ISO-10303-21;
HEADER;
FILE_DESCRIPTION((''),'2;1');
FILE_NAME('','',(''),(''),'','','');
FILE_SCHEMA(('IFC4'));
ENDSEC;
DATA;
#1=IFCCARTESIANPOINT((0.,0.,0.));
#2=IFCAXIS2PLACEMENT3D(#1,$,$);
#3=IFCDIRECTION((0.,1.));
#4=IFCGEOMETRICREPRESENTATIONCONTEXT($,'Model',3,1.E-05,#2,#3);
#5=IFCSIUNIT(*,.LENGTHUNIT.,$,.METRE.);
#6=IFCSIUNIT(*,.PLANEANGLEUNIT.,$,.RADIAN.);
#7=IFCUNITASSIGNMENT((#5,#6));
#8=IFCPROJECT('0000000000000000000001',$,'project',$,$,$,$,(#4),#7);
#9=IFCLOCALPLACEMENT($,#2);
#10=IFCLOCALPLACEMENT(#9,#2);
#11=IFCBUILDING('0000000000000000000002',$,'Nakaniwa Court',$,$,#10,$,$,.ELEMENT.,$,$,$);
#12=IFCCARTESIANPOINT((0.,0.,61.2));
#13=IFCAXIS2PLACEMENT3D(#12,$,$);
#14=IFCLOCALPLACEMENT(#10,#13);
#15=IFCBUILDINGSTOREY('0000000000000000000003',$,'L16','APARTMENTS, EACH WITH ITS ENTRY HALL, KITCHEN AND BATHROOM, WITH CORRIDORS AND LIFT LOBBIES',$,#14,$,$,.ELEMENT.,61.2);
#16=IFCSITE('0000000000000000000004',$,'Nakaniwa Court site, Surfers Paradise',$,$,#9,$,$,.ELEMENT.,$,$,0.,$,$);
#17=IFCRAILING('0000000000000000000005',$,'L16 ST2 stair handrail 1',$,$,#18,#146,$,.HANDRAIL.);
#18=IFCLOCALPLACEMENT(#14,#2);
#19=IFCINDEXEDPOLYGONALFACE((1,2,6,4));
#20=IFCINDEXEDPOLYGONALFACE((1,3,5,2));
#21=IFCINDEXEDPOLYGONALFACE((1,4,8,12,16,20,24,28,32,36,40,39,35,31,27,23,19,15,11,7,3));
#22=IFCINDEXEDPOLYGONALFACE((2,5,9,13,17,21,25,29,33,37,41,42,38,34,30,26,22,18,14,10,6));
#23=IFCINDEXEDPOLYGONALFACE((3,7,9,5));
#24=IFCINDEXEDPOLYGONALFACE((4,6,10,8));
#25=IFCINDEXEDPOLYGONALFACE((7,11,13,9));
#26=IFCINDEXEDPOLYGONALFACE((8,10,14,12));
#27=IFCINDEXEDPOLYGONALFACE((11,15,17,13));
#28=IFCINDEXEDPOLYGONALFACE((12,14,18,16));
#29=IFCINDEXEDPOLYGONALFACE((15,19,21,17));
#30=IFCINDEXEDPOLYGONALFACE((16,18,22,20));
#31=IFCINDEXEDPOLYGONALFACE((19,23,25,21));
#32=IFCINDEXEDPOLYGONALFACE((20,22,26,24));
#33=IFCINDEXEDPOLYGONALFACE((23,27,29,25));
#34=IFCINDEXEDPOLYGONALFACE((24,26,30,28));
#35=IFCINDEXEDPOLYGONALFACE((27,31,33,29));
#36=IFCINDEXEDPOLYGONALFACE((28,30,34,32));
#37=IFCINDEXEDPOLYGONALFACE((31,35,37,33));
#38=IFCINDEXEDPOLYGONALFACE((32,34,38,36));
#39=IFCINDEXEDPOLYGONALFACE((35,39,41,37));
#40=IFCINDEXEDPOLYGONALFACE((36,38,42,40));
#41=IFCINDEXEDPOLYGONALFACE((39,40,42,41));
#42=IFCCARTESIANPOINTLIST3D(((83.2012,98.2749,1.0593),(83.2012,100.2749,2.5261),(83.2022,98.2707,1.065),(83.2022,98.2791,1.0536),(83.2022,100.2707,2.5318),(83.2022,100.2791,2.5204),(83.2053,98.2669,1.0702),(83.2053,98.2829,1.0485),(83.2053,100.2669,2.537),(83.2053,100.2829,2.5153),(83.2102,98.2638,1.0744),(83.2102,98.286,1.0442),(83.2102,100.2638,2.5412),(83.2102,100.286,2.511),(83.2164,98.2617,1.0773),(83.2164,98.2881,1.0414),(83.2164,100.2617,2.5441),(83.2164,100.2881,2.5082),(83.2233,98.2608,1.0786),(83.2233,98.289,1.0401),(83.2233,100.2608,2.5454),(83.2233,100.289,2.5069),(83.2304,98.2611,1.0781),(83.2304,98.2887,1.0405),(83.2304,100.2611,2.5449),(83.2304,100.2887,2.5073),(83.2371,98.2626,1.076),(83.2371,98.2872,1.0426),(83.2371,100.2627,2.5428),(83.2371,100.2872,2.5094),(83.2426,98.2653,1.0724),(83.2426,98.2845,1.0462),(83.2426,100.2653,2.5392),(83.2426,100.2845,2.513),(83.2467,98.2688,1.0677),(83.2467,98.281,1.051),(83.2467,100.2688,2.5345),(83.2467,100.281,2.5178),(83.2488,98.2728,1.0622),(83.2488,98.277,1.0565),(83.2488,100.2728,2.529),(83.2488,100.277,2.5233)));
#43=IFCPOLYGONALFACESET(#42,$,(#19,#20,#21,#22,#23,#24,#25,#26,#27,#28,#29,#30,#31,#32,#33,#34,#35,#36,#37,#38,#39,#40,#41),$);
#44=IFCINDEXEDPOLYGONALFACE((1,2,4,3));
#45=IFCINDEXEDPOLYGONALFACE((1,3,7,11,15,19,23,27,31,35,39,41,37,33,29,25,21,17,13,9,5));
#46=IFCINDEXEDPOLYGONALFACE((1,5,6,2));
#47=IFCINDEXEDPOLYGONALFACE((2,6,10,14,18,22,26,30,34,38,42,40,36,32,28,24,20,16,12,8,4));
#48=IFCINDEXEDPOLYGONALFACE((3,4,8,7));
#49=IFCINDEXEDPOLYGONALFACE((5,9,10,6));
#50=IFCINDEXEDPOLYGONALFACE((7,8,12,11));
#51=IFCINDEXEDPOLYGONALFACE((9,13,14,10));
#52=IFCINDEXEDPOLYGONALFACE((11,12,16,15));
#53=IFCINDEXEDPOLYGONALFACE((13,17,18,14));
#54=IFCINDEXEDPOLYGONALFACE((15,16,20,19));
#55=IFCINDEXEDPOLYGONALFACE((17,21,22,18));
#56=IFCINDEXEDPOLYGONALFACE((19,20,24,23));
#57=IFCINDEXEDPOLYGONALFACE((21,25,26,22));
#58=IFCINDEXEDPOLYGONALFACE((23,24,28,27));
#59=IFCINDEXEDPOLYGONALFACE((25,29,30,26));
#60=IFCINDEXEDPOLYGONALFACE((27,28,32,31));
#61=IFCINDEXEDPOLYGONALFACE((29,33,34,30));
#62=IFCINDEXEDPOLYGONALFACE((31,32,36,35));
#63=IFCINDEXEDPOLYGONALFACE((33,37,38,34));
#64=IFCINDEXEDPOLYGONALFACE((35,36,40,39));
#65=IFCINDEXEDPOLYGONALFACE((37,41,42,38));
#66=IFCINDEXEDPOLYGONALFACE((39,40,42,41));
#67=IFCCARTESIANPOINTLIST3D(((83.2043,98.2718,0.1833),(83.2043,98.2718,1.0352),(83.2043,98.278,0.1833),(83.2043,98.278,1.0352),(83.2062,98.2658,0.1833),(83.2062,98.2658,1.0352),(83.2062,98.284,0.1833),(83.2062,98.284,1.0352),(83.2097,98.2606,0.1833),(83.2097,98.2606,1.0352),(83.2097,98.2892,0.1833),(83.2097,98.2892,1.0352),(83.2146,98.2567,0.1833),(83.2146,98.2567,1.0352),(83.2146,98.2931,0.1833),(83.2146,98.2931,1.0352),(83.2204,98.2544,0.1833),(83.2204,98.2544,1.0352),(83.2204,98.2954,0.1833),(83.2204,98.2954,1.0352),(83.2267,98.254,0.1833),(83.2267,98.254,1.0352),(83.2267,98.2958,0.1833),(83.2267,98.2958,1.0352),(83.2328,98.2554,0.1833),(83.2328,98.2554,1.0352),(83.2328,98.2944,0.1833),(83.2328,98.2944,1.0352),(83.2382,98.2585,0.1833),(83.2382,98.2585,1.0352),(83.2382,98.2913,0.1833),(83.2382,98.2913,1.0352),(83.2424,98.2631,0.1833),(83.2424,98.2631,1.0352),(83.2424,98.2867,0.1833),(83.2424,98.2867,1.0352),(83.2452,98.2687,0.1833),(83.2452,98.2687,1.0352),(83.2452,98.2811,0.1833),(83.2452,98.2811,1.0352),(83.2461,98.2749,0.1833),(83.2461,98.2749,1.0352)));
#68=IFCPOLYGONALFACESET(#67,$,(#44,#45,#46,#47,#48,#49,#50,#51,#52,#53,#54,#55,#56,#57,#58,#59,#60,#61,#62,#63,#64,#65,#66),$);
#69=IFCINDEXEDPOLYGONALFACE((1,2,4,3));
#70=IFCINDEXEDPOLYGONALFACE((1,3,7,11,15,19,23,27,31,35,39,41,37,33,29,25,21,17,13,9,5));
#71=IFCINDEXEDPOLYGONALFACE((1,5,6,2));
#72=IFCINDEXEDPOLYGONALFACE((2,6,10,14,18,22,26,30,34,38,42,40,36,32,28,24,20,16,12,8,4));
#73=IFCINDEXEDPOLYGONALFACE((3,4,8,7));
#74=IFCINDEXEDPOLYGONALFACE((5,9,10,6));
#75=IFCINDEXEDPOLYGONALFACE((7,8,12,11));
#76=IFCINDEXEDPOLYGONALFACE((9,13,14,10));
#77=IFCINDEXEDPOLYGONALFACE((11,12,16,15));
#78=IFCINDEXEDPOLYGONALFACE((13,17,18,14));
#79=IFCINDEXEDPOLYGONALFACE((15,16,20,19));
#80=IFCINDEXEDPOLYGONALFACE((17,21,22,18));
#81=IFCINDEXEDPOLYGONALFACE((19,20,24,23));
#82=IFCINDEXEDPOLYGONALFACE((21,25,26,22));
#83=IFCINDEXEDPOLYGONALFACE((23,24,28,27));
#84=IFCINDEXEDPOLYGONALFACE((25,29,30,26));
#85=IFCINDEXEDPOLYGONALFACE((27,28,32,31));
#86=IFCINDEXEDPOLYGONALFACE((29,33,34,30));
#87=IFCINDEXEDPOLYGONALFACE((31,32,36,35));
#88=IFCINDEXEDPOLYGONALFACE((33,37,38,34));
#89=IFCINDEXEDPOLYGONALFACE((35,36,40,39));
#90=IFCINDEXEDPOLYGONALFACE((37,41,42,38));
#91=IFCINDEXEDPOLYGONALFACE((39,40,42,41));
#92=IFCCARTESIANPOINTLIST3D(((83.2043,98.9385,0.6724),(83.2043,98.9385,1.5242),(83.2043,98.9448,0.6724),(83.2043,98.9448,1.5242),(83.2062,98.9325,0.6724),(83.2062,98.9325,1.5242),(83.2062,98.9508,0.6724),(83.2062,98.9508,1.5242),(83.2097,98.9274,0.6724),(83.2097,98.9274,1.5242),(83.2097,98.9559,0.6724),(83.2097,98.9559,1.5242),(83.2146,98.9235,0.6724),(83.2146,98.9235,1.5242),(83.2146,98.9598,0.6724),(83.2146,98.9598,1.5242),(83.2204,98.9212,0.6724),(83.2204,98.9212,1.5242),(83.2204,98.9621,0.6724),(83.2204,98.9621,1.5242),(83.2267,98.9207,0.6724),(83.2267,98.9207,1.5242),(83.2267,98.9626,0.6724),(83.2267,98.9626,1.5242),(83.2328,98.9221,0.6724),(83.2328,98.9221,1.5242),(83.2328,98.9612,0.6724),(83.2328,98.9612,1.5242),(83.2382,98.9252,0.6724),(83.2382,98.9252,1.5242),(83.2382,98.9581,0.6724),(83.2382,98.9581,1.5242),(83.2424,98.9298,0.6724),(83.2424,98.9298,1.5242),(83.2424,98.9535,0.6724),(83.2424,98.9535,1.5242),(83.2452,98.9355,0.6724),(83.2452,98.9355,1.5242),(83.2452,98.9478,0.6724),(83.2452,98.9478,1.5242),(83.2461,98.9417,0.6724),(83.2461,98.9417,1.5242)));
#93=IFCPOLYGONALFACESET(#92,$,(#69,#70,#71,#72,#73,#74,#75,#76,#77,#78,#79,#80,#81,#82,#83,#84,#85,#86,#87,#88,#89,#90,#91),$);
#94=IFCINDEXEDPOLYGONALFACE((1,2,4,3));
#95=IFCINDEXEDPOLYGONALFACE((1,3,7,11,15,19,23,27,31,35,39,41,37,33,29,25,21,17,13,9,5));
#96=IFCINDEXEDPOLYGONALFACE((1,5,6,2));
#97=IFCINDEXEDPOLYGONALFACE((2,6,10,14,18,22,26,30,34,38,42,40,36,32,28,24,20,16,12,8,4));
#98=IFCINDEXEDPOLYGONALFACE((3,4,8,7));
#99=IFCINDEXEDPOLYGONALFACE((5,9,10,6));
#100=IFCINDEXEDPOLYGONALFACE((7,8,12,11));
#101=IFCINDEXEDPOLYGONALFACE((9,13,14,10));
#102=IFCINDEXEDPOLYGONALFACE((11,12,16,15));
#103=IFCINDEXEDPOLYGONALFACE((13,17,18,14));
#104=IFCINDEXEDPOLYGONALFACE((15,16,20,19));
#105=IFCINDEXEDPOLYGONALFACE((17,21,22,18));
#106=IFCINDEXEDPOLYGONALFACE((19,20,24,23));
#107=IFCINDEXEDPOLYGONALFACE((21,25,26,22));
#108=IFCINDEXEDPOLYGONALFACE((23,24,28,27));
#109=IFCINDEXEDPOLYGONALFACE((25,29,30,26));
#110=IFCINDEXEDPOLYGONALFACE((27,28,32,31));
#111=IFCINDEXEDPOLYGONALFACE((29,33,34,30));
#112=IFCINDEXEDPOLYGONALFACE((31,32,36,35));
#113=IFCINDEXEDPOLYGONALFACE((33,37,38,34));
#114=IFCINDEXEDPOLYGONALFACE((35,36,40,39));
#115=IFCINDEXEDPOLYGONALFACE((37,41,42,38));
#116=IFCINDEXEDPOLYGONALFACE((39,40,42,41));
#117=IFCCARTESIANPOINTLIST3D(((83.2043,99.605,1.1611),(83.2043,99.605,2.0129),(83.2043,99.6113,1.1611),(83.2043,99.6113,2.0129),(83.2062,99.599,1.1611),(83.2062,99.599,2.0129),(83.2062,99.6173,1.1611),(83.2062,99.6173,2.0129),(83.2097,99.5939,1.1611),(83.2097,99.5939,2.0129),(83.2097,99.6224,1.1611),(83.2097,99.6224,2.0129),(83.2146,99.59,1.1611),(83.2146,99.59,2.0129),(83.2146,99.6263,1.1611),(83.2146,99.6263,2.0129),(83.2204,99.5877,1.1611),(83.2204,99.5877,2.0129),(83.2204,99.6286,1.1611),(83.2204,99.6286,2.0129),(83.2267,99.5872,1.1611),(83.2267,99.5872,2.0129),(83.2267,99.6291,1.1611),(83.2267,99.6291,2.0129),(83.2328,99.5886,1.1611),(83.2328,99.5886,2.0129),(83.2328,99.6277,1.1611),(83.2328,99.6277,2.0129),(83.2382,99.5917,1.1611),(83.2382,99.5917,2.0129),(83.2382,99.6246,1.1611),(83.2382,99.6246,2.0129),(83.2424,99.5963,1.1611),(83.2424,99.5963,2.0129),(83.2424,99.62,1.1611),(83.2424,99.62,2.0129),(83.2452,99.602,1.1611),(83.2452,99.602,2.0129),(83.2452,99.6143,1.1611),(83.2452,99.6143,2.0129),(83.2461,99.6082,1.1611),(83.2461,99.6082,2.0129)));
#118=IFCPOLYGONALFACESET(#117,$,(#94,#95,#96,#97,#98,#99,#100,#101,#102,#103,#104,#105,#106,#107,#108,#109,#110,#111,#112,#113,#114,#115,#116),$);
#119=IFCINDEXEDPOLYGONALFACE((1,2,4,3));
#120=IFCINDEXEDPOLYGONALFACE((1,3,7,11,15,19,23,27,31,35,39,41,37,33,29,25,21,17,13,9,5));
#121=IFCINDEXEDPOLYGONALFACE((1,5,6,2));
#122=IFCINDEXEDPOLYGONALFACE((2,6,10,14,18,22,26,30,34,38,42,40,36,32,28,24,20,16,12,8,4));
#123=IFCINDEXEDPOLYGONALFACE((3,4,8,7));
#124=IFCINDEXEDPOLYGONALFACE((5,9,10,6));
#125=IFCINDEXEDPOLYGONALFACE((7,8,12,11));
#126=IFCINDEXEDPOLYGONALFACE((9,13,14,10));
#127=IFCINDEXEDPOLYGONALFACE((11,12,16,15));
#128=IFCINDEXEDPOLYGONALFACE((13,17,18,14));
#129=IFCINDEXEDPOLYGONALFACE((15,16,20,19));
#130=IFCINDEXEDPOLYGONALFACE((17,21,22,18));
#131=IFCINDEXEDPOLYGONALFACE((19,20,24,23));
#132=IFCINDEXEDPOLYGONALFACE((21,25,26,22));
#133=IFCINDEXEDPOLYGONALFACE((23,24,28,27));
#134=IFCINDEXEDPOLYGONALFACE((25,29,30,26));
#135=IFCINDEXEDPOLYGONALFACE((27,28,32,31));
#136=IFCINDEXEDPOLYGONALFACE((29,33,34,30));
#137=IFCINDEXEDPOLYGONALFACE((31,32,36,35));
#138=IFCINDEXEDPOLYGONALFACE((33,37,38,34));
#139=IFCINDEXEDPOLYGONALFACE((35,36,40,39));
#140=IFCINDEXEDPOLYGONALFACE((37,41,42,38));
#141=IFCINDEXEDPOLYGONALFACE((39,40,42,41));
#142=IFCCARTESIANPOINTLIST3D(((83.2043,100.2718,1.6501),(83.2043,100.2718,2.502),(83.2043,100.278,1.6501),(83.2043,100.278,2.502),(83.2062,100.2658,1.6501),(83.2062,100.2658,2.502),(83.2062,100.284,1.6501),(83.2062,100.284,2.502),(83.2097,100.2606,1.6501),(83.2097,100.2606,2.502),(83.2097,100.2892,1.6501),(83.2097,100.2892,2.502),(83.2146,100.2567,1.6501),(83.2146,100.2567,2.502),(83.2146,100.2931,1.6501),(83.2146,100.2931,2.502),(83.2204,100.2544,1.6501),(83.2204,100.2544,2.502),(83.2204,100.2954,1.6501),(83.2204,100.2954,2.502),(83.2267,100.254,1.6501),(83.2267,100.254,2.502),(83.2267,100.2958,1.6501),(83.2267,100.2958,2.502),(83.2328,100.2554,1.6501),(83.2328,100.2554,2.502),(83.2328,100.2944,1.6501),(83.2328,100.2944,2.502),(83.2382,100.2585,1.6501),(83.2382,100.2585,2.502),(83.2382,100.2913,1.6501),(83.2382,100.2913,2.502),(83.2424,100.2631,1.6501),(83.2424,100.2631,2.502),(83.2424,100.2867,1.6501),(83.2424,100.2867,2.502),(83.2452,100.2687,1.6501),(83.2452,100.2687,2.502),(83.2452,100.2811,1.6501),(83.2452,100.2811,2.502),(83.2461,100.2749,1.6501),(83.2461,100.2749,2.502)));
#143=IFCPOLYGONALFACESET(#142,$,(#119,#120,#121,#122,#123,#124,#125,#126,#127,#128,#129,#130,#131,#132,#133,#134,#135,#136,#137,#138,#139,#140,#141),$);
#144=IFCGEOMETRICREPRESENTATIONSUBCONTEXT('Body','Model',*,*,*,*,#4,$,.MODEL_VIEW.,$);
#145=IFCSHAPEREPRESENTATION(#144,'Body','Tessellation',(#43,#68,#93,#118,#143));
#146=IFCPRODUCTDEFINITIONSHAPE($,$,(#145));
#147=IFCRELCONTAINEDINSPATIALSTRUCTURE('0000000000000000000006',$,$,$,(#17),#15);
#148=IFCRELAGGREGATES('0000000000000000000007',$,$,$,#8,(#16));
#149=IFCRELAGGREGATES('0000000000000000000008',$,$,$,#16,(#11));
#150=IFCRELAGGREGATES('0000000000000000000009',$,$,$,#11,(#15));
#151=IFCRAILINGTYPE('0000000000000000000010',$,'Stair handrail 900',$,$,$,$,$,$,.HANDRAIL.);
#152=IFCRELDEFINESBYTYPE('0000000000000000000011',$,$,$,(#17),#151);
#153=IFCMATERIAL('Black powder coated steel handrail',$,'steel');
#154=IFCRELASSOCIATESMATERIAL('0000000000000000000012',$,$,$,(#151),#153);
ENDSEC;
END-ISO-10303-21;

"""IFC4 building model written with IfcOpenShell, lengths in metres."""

from ifc_helpers import new_model, si_unit, direction, frame, origin, origin_2d, place, context, subcontext, project, spatial, circle, extrude, material, type_object, element, save


model = new_model("IFC4")

# Units and contexts
model_context = context("Model", 3, precision=1e-05, world=origin(), true_north=direction((0.0, 1.0)))
body_context = subcontext(model_context, "Body", "Model", "MODEL_VIEW")
ifc_project = project(units=[si_unit("LENGTHUNIT", "METRE"), si_unit("PLANEANGLEUNIT", "RADIAN")], contexts=[model_context])

# Site, building, storey
site_placement = place(None, origin())
site = spatial("IfcSite", under=ifc_project, at=site_placement, Name="Nakaniwa Court site, Surfers Paradise", CompositionType="ELEMENT", RefElevation=0.0)
building_placement = place(site_placement, origin())
building = spatial("IfcBuilding", under=site, at=building_placement, Name="Nakaniwa Court", CompositionType="ELEMENT")
storey_placement = place(building_placement, frame((0.0, 0.0, 61.2)))
storey = spatial("IfcBuildingStorey", under=building, at=storey_placement, Name="L16", Description="APARTMENTS, EACH WITH ITS ENTRY HALL, KITCHEN AND BATHROOM, WITH CORRIDORS AND LIFT LOBBIES", CompositionType="ELEMENT", Elevation=61.2)

# Railing
ifc_material_1 = material(Name="Black powder coated steel handrail", Category="steel")
railing_type_1 = type_object("IfcRailingType", Name="Stair handrail 900", PredefinedType="HANDRAIL", material=ifc_material_1)
railing_1_placement = place(storey_placement, frame((83.2251, 98.2749, 0.1833)))
element("IfcRailing", 1, at=railing_1_placement, inside=storey, type_object=railing_type_1, Name="L16 ST2 stair handrail 1", PredefinedType="HANDRAIL", context=body_context, shape_type="SweptSolid", body=[
    extrude(circle(Radius=0.0239, at=origin_2d()), frame((0.0, 0.0, 0.876), z_axis=(0.0, 0.80638, 0.591398), x_axis=(-1.0, 0.0, 0.0)), (0.0, 0.0, 1.0), 2.4802),
    extrude(circle(Radius=0.021, at=origin_2d()), origin(), (0.0, 0.0, 1.0), 0.8518),
    extrude(circle(Radius=0.021, at=origin_2d()), frame((0.0, 0.6667, 0.489)), (0.0, 0.0, 1.0), 0.8518),
    extrude(circle(Radius=0.021, at=origin_2d()), frame((0.0, 1.3333, 0.9778)), (0.0, 0.0, 1.0), 0.8518),
    extrude(circle(Radius=0.021, at=origin_2d()), frame((0.0, 2.0, 1.4668)), (0.0, 0.0, 1.0), 0.8518),
])

save(model, "model.ifc")
